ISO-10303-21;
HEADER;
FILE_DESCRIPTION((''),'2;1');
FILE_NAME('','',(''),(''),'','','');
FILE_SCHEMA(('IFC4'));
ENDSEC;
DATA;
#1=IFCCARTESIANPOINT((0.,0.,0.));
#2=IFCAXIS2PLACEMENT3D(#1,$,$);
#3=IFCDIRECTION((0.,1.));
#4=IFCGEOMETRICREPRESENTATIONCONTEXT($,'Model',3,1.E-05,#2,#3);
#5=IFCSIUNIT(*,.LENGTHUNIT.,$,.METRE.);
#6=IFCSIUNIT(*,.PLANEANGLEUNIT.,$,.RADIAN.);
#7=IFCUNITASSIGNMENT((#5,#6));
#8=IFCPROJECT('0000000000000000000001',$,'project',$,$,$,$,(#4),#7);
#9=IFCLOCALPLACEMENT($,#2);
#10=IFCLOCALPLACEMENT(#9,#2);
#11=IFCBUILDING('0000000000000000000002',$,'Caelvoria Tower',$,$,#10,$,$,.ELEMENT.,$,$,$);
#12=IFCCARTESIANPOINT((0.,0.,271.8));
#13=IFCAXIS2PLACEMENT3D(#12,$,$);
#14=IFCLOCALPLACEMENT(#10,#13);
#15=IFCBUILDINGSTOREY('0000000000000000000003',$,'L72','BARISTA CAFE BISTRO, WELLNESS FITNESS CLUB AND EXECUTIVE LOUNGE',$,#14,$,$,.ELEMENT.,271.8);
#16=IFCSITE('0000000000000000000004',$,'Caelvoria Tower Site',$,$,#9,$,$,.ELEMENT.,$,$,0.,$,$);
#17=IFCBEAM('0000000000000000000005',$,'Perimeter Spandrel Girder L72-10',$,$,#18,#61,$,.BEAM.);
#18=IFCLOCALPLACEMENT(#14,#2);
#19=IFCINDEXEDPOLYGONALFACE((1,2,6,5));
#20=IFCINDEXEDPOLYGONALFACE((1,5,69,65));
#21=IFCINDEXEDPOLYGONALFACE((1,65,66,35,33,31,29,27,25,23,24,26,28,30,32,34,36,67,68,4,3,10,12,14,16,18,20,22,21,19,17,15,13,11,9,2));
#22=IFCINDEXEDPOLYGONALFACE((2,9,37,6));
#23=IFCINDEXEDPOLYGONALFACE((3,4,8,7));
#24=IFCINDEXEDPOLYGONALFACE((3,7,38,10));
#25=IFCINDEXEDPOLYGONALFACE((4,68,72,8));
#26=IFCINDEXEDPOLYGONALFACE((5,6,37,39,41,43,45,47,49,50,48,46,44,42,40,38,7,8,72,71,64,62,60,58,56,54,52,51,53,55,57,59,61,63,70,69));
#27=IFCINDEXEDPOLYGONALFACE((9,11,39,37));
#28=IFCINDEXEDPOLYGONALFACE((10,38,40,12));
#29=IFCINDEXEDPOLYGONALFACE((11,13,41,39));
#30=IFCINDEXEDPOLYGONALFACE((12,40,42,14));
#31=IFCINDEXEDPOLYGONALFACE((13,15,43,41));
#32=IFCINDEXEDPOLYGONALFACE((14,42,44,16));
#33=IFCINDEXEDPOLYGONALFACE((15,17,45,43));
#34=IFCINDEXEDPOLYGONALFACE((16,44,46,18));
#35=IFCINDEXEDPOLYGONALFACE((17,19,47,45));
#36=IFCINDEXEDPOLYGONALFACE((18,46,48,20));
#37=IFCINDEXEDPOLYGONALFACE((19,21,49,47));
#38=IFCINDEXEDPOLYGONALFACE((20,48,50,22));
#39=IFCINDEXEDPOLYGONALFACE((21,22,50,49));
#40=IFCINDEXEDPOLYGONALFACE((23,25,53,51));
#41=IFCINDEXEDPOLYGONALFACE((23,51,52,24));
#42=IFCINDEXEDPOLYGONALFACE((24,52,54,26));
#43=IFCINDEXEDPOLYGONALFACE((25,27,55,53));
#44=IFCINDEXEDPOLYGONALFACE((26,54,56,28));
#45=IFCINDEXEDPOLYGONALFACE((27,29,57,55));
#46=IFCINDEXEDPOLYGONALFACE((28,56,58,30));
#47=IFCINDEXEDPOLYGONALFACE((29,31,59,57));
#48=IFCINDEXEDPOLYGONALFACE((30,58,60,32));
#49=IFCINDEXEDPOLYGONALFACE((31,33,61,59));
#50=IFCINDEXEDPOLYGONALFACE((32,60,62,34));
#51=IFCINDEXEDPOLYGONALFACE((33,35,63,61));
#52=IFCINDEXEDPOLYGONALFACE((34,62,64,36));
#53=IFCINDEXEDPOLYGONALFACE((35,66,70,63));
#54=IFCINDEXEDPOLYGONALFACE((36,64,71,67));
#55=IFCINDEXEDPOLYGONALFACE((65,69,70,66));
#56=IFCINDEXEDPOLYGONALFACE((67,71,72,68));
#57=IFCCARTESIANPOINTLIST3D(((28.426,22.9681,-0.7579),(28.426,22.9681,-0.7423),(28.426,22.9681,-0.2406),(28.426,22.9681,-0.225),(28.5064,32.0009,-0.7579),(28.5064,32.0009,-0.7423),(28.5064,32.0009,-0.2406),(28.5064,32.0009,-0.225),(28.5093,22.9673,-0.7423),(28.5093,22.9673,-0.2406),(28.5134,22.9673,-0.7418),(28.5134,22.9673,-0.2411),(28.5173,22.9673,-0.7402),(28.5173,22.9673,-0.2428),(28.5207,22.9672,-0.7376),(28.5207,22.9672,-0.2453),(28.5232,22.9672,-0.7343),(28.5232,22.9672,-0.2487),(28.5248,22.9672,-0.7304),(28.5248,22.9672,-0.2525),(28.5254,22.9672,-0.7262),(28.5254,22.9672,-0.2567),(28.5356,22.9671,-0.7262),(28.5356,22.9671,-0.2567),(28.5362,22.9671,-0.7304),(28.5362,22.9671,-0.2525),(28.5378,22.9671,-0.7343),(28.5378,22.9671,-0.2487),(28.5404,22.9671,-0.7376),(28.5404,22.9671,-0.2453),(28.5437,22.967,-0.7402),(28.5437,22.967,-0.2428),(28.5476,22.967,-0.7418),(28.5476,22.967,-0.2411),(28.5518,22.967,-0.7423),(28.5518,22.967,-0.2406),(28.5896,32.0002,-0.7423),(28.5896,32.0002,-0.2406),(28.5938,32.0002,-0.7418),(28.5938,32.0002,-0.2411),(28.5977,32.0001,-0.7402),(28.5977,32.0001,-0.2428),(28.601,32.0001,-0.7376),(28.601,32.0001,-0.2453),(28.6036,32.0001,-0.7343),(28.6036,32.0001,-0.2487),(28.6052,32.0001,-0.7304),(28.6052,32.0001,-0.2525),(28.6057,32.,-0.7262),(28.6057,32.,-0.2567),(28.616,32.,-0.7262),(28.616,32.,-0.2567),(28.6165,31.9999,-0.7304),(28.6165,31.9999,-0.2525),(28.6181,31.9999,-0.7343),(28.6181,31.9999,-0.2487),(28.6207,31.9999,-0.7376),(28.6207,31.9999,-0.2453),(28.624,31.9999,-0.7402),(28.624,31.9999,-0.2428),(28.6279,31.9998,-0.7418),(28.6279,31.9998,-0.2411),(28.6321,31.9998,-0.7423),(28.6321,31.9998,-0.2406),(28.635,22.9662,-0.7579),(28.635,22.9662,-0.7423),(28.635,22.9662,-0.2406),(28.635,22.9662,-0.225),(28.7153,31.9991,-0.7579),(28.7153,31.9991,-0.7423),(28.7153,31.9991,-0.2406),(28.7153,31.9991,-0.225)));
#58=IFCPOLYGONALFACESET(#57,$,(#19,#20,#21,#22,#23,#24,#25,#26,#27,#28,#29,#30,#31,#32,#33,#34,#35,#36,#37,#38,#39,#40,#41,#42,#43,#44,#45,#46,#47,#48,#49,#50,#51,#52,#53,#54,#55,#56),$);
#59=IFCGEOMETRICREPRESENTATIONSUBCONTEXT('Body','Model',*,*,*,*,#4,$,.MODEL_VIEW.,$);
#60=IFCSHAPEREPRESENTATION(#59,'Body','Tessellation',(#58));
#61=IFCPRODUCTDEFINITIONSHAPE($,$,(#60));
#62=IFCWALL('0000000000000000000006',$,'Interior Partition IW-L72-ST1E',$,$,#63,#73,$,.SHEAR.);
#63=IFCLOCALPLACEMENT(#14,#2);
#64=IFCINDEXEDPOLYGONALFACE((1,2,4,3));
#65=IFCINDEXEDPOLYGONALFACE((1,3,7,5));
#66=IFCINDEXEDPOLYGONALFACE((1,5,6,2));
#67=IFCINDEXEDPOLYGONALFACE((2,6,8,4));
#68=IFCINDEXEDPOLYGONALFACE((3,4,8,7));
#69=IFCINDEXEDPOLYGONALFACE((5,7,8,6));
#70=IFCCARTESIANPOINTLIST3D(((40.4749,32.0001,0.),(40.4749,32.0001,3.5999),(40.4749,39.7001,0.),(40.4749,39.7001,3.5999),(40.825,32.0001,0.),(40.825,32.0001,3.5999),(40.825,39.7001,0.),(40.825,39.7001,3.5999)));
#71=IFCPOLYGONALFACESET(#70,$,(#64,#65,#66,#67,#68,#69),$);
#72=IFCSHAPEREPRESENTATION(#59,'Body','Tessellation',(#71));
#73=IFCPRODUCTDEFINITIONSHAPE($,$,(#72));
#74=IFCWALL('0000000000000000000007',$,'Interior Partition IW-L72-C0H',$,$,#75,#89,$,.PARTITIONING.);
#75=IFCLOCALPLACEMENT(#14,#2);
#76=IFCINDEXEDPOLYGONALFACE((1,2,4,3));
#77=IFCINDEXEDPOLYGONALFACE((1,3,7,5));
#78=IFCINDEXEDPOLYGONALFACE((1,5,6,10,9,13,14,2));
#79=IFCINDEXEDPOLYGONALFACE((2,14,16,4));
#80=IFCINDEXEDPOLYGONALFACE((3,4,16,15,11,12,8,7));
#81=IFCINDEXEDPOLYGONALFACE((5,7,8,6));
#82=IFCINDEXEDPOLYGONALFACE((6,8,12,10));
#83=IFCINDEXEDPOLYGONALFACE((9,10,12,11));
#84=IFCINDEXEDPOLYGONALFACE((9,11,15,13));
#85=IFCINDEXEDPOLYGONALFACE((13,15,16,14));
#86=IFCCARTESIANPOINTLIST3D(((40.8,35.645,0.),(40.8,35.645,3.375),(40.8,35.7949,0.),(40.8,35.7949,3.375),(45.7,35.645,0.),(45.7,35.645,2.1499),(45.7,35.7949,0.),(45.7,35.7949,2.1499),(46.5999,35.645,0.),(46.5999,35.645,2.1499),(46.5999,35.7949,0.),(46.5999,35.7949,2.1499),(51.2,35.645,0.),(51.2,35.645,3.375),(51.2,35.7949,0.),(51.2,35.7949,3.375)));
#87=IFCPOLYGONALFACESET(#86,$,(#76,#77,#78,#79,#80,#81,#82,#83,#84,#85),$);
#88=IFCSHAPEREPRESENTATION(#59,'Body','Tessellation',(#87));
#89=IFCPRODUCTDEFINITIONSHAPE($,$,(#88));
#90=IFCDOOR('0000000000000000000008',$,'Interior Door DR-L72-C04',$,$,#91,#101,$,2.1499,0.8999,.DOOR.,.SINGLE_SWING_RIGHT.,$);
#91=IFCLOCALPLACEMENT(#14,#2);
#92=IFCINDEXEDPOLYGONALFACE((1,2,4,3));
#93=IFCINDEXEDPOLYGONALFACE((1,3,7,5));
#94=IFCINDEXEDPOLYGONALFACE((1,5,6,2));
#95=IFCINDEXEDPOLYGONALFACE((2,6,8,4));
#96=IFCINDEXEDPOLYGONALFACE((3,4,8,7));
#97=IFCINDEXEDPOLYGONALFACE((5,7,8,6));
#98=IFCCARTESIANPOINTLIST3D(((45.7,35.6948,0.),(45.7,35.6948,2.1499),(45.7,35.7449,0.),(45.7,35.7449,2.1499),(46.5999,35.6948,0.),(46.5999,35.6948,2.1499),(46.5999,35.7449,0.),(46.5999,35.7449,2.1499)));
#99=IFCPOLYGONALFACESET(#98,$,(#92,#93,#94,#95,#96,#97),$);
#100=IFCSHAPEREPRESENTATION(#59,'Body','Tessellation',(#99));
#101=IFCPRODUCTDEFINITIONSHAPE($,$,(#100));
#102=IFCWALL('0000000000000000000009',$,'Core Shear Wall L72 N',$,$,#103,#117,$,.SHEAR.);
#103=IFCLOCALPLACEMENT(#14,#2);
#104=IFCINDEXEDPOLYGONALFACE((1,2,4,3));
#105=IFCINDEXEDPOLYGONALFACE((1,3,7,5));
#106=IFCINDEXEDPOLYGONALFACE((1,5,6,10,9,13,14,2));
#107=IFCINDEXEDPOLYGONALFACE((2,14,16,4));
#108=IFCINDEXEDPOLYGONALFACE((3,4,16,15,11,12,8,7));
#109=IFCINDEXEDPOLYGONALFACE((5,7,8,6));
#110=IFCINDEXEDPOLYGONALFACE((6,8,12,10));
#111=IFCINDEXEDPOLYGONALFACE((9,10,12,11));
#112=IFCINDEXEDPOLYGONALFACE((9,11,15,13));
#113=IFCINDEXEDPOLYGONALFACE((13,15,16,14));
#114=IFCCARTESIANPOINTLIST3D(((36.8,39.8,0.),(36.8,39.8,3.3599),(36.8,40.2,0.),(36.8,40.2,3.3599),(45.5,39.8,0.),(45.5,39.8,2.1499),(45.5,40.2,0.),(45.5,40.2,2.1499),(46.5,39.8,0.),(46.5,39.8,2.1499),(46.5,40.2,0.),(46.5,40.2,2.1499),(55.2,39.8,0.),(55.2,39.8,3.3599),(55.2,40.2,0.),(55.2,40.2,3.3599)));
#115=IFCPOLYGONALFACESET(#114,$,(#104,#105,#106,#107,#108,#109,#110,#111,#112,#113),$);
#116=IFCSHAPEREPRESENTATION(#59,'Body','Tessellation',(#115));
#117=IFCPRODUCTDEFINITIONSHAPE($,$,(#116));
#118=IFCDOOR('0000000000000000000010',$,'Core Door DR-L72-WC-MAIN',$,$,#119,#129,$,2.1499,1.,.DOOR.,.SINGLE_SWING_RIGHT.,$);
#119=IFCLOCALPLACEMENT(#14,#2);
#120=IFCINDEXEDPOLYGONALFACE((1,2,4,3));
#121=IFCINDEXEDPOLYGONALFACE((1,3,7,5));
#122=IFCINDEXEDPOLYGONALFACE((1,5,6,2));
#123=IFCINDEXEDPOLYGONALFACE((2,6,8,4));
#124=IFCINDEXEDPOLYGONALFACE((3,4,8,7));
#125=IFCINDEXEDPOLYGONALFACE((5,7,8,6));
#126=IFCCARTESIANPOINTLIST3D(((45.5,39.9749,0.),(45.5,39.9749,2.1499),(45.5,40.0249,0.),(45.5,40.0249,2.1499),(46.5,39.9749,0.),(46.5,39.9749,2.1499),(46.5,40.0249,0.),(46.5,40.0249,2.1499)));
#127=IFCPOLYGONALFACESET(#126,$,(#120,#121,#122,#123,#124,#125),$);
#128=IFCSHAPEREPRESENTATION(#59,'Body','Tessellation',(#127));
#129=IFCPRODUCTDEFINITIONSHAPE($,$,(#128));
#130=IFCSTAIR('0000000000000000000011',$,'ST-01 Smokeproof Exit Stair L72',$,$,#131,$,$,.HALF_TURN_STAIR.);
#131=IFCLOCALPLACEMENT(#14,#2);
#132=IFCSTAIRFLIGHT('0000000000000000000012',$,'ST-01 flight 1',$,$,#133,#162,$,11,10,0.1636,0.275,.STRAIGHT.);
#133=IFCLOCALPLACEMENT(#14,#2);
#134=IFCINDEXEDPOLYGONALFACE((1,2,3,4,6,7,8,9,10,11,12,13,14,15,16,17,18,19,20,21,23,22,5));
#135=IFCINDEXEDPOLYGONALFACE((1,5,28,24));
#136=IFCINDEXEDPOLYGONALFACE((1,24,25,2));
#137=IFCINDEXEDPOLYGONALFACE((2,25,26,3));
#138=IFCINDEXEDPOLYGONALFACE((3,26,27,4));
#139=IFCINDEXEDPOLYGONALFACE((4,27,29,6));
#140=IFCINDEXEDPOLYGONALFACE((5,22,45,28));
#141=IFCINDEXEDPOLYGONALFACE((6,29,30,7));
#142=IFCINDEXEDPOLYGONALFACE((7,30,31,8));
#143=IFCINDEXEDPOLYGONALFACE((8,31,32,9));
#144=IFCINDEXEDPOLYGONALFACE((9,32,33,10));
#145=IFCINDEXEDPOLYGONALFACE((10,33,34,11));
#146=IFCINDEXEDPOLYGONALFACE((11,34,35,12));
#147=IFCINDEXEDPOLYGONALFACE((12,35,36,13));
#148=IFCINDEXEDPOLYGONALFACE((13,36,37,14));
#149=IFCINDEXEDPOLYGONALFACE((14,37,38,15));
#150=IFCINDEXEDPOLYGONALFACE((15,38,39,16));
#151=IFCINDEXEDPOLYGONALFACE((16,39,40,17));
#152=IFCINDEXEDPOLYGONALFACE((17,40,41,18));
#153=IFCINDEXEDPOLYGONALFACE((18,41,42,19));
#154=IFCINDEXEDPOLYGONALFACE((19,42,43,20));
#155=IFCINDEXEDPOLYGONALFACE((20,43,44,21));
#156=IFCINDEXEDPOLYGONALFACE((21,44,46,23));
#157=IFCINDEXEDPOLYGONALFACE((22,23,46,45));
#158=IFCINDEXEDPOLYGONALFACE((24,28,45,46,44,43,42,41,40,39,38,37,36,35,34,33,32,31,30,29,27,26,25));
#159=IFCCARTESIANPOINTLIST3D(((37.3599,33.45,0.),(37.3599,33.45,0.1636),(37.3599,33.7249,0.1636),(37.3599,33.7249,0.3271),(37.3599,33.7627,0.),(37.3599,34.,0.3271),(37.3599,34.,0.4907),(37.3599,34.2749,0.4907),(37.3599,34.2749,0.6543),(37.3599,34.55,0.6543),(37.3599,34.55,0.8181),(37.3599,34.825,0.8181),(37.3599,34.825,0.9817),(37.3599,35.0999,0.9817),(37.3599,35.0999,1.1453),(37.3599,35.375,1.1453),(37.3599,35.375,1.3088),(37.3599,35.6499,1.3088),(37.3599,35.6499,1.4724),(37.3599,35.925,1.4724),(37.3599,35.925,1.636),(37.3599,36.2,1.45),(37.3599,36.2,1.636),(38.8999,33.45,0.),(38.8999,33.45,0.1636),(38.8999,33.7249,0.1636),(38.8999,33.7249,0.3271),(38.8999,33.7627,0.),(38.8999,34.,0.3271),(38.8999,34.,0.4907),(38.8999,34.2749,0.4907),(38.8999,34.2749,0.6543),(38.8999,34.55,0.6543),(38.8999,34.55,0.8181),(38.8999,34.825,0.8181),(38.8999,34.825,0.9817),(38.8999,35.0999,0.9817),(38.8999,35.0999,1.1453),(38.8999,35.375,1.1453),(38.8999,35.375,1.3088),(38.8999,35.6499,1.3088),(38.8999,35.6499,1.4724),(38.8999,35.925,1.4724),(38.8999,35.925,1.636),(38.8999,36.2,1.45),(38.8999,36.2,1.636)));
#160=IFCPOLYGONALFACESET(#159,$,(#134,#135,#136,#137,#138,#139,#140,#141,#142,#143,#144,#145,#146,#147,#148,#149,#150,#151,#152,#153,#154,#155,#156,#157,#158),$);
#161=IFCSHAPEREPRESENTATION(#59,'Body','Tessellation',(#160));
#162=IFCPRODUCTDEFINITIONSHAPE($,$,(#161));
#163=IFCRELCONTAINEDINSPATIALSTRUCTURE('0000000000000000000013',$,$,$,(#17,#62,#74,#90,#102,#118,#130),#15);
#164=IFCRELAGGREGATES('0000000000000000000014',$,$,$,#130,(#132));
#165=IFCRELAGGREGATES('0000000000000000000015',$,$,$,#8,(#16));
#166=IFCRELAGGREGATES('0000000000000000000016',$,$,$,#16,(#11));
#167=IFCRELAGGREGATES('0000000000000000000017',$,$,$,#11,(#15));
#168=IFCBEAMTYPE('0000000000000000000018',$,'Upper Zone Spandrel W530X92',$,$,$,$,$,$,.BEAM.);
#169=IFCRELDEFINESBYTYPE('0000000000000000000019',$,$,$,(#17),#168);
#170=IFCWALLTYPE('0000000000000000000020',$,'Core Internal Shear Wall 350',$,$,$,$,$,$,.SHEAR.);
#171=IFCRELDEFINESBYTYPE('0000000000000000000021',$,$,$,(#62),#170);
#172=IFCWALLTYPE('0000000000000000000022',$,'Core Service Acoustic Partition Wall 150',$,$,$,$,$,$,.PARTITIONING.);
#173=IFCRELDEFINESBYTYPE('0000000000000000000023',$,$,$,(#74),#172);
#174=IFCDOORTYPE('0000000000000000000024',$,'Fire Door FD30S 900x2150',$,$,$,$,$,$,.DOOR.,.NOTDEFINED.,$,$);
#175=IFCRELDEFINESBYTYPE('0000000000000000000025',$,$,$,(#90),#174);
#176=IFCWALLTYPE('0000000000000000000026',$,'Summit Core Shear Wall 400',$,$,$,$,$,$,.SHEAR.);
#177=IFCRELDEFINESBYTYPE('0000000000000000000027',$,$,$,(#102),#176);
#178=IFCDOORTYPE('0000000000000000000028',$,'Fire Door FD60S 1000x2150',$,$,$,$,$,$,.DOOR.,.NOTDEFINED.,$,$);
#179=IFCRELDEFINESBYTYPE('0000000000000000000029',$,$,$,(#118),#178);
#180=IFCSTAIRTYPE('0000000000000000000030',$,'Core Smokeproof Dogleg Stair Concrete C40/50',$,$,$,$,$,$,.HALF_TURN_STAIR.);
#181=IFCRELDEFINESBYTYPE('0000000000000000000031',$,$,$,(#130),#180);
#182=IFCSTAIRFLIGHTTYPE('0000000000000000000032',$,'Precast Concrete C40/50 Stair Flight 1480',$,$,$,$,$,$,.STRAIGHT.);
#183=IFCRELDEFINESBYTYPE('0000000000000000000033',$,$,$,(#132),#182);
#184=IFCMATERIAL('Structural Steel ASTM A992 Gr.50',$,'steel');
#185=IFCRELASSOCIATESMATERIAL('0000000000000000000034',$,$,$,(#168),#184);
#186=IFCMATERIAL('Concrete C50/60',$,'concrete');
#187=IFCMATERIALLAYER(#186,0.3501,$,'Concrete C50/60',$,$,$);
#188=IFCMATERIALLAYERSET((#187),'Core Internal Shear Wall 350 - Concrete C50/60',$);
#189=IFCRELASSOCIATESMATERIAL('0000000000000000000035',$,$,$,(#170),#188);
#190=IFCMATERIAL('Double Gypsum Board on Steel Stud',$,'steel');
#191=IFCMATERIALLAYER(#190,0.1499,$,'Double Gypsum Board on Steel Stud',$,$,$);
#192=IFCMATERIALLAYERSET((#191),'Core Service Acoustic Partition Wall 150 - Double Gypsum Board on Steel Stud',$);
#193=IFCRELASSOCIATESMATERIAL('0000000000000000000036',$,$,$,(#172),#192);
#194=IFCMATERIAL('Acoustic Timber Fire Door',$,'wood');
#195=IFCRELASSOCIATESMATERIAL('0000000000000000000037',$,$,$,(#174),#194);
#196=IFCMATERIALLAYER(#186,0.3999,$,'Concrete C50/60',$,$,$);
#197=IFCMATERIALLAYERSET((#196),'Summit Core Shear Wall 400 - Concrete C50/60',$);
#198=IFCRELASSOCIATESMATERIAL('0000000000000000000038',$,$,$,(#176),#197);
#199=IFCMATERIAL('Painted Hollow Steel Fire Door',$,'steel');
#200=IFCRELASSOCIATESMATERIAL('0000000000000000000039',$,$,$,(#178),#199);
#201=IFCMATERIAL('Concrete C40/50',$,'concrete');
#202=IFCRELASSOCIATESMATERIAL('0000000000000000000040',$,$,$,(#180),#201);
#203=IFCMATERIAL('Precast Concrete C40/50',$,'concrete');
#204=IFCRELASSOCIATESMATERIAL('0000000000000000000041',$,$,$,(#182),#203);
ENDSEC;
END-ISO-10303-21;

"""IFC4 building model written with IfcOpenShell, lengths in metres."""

from ifc_helpers import new_model, si_unit, direction, frame, frame_2d, origin, origin_2d, place, context, subcontext, project, spatial, polyline, rectangle, i_section, outline, extrude, material, layer, layer_set, material_profile, profile_set, type_object, element, fill, aggregate, save


model = new_model("IFC4")

# Units and contexts
model_context = context("Model", 3, precision=1e-05, world=origin(), true_north=direction((0.0, 1.0)))
body_context = subcontext(model_context, "Body", "Model", "MODEL_VIEW")
ifc_project = project(units=[si_unit("LENGTHUNIT", "METRE"), si_unit("PLANEANGLEUNIT", "RADIAN")], contexts=[model_context])

# Site, building, storey
site_placement = place(None, origin())
site = spatial("IfcSite", under=ifc_project, at=site_placement, Name="Caelvoria Tower Site", CompositionType="ELEMENT", RefElevation=0.0)
building_placement = place(site_placement, origin())
building = spatial("IfcBuilding", under=site, at=building_placement, Name="Caelvoria Tower", CompositionType="ELEMENT")
storey_placement = place(building_placement, frame((0.0, 0.0, 271.8)))
storey = spatial("IfcBuildingStorey", under=building, at=storey_placement, Name="L72", Description="BARISTA CAFE BISTRO, WELLNESS FITNESS CLUB AND EXECUTIVE LOUNGE", CompositionType="ELEMENT", Elevation=271.8)

# Shared definitions
ifc_material_1 = material(Name="Structural Steel ASTM A992 Gr.50", Category="steel")

# Beam
ifc_material_profile_1 = material_profile(ifc_material_1, i_section(OverallWidth=0.209, OverallDepth=0.533, WebThickness=0.0103, FlangeThickness=0.0156, FilletRadius=0.0161, at=origin_2d()), Name="Structural Steel ASTM A992 Gr.50")
ifc_profile_set_1 = profile_set([ifc_material_profile_1], Name="W530X92 - Structural Steel ASTM A992 Gr.50")
beam_type_1 = type_object("IfcBeamType", Name="Upper Zone Spandrel W530X92", PredefinedType="BEAM", material=ifc_profile_set_1)
beam_1_placement = place(storey_placement, frame((28.6108, 32.0, -0.4915), z_axis=(-0.008892, -0.99996, 0.0), x_axis=(0.99996, -0.008892, 0.0)))
element("IfcBeam", 1, at=beam_1_placement, inside=storey, type_object=beam_type_1, Name="Perimeter Spandrel Girder L72-10", PredefinedType="BEAM", context=body_context, shape_type="SweptSolid", body=[
    extrude(i_section(OverallWidth=0.209, OverallDepth=0.533, WebThickness=0.0103, FlangeThickness=0.0156, FilletRadius=0.0161, at=origin_2d()), origin(), (0.0, 0.0, 1.0), 9.0332),
])

# Shared definitions
ifc_material_2 = material(Name="Concrete C50/60", Category="concrete")
ifc_layer_1 = layer(ifc_material_2, 0.3501, Name="Concrete C50/60")
ifc_layer_set_1 = layer_set([ifc_layer_1], Name="Core Internal Shear Wall 350 - Concrete C50/60")
wall_type_1 = type_object("IfcWallType", Name="Core Internal Shear Wall 350", PredefinedType="SHEAR", material=ifc_layer_set_1)
ifc_material_3 = material(Name="Painted Hollow Steel Fire Door", Category="steel")

# Wall
wall_1_placement = place(storey_placement, frame((40.6499, 32.0, 0.0), z_axis=(0.0, 0.0, 1.0), x_axis=(0.0, 1.0, 0.0)))
element("IfcWall", 2, at=wall_1_placement, inside=storey, type_object=wall_type_1, Name="Interior Partition IW-L72-ST1E", PredefinedType="SHEAR", context=body_context, shape_type="SweptSolid", body=[
    extrude(rectangle(XDim=7.7, YDim=0.3501, at=frame_2d((3.8501, 0.0))), origin(), (0.0, 0.0, 1.0), 3.5999),
])

# Walls, openings, doors
ifc_material_4 = material(Name="Double Gypsum Board on Steel Stud", Category="steel")
ifc_layer_2 = layer(ifc_material_4, 0.1499, Name="Double Gypsum Board on Steel Stud")
ifc_layer_set_2 = layer_set([ifc_layer_2], Name="Core Service Acoustic Partition Wall 150 - Double Gypsum Board on Steel Stud")
wall_type_2 = type_object("IfcWallType", Name="Core Service Acoustic Partition Wall 150", PredefinedType="PARTITIONING", material=ifc_layer_set_2)
wall_2_placement = place(storey_placement, frame((40.8, 35.72, 0.0), z_axis=(0.0, 0.0, 1.0), x_axis=(1.0, 0.0, 0.0)))
wall_2 = element("IfcWall", 3, at=wall_2_placement, inside=storey, type_object=wall_type_2, Name="Interior Partition IW-L72-C0H", PredefinedType="PARTITIONING", context=body_context, shape_type="SweptSolid", body=[
    extrude(rectangle(XDim=10.3999, YDim=0.1499, at=frame_2d((5.2, 0.0))), origin(), (0.0, 0.0, 1.0), 3.375),
])
opening_1_placement = place(wall_2_placement, frame((4.8999, 0.0, 0.0)))
opening_1 = element("IfcOpeningElement", 4, at=opening_1_placement, cuts=wall_2, PredefinedType="OPENING", context=body_context, shape_type="SweptSolid", body=[
    extrude(rectangle(XDim=0.8999, YDim=2.1499, at=frame_2d((0.45, 1.075))), frame((0.0, 0.085, 0.0), z_axis=(0.0, -1.0, 0.0), x_axis=(1.0, 0.0, 0.0)), (0.0, 0.0, 1.0), 0.1699),
])
ifc_material_5 = material(Name="Acoustic Timber Fire Door", Category="wood")
door_type_1 = type_object("IfcDoorType", Name="Fire Door FD30S 900x2150", OperationType="NOTDEFINED", PredefinedType="DOOR", material=ifc_material_5)
door_1_placement = place(opening_1_placement, origin())
door_1 = element("IfcDoor", 5, at=door_1_placement, inside=storey, type_object=door_type_1, Name="Interior Door DR-L72-C04", OperationType="SINGLE_SWING_RIGHT", OverallHeight=2.1499, OverallWidth=0.8999, PredefinedType="DOOR", context=body_context, shape_type="SweptSolid", body=[
    extrude(rectangle(XDim=0.8999, YDim=2.1499, at=frame_2d((0.45, 1.075))), frame((0.0, 0.0249, 0.0), z_axis=(0.0, -1.0, 0.0), x_axis=(1.0, 0.0, 0.0)), (0.0, 0.0, 1.0), 0.05),
])
fill(opening_1, door_1)
ifc_layer_3 = layer(ifc_material_2, 0.3999, Name="Concrete C50/60")
ifc_layer_set_3 = layer_set([ifc_layer_3], Name="Summit Core Shear Wall 400 - Concrete C50/60")
wall_type_3 = type_object("IfcWallType", Name="Summit Core Shear Wall 400", PredefinedType="SHEAR", material=ifc_layer_set_3)
wall_3_placement = place(storey_placement, frame((36.8, 40.0, 0.0), z_axis=(0.0, 0.0, 1.0), x_axis=(1.0, 0.0, 0.0)))
wall_3 = element("IfcWall", 6, at=wall_3_placement, inside=storey, type_object=wall_type_3, Name="Core Shear Wall L72 N", PredefinedType="SHEAR", context=body_context, shape_type="SweptSolid", body=[
    extrude(rectangle(XDim=18.3999, YDim=0.3999, at=frame_2d((9.2, 0.0))), origin(), (0.0, 0.0, 1.0), 3.3599),
])
opening_2_placement = place(wall_3_placement, frame((8.7, 0.0, 0.0)))
opening_2 = element("IfcOpeningElement", 7, at=opening_2_placement, cuts=wall_3, PredefinedType="OPENING", context=body_context, shape_type="SweptSolid", body=[
    extrude(rectangle(XDim=1.0, YDim=2.1499, at=frame_2d((0.5, 1.075))), frame((0.0, 0.21, 0.0), z_axis=(0.0, -1.0, 0.0), x_axis=(1.0, 0.0, 0.0)), (0.0, 0.0, 1.0), 0.4199),
])
door_type_2 = type_object("IfcDoorType", Name="Fire Door FD60S 1000x2150", OperationType="NOTDEFINED", PredefinedType="DOOR", material=ifc_material_3)
door_2_placement = place(opening_2_placement, origin())
door_2 = element("IfcDoor", 8, at=door_2_placement, inside=storey, type_object=door_type_2, Name="Core Door DR-L72-WC-MAIN", OperationType="SINGLE_SWING_RIGHT", OverallHeight=2.1499, OverallWidth=1.0, PredefinedType="DOOR", context=body_context, shape_type="SweptSolid", body=[
    extrude(rectangle(XDim=1.0, YDim=2.1499, at=frame_2d((0.5, 1.075))), frame((0.0, 0.0249, 0.0), z_axis=(0.0, -1.0, 0.0), x_axis=(1.0, 0.0, 0.0)), (0.0, 0.0, 1.0), 0.05),
])
fill(opening_2, door_2)

# Stair, stair flight
ifc_material_6 = material(Name="Concrete C40/50", Category="concrete")
stair_type = type_object("IfcStairType", Name="Core Smokeproof Dogleg Stair Concrete C40/50", PredefinedType="HALF_TURN_STAIR", material=ifc_material_6)
stair_placement = place(storey_placement, origin())
stair = element("IfcStair", 9, at=stair_placement, inside=storey, type_object=stair_type, Name="ST-01 Smokeproof Exit Stair L72", PredefinedType="HALF_TURN_STAIR")
ifc_material_7 = material(Name="Precast Concrete C40/50", Category="concrete")
stair_flight_type = type_object("IfcStairFlightType", Name="Precast Concrete C40/50 Stair Flight 1480", PredefinedType="STRAIGHT", material=ifc_material_7)
stair_flight_1_placement = place(storey_placement, frame((38.1299, 33.45, 0.0), z_axis=(0.0, 0.0, 1.0), x_axis=(0.0, 1.0, 0.0)))
stair_flight_1 = element("IfcStairFlight", 10, at=stair_flight_1_placement, type_object=stair_flight_type, Name="ST-01 flight 1", NumberOfRisers=11, NumberOfTreads=10, PredefinedType="STRAIGHT", RiserHeight=0.1636, TreadLength=0.275, context=body_context, shape_type="SweptSolid", body=[
    extrude(outline(polyline([(0.0, 0.0), (0.0, 0.1636), (0.2749, 0.1636), (0.2749, 0.3271), (0.55, 0.3271), (0.55, 0.4907), (0.825, 0.4907), (0.825, 0.6543), (1.1001, 0.6543), (1.1001, 0.8181), (1.375, 0.8181), (1.375, 0.9817), (1.6499, 0.9817), (1.6499, 1.1453), (1.925, 1.1453), (1.925, 1.3088), (2.2, 1.3088), (2.2, 1.4724), (2.4751, 1.4724), (2.4751, 1.636), (2.75, 1.636), (2.75, 1.7996), (2.75, 1.45), (0.3127, 0.0), (0.0, 0.0)])), frame((0.0, 0.77, 0.0), z_axis=(0.0, -1.0, 0.0), x_axis=(1.0, 0.0, 0.0)), (0.0, 0.0, 1.0), 1.54),
])
aggregate(stair, [stair_flight_1])

save(model, "model.ifc")
